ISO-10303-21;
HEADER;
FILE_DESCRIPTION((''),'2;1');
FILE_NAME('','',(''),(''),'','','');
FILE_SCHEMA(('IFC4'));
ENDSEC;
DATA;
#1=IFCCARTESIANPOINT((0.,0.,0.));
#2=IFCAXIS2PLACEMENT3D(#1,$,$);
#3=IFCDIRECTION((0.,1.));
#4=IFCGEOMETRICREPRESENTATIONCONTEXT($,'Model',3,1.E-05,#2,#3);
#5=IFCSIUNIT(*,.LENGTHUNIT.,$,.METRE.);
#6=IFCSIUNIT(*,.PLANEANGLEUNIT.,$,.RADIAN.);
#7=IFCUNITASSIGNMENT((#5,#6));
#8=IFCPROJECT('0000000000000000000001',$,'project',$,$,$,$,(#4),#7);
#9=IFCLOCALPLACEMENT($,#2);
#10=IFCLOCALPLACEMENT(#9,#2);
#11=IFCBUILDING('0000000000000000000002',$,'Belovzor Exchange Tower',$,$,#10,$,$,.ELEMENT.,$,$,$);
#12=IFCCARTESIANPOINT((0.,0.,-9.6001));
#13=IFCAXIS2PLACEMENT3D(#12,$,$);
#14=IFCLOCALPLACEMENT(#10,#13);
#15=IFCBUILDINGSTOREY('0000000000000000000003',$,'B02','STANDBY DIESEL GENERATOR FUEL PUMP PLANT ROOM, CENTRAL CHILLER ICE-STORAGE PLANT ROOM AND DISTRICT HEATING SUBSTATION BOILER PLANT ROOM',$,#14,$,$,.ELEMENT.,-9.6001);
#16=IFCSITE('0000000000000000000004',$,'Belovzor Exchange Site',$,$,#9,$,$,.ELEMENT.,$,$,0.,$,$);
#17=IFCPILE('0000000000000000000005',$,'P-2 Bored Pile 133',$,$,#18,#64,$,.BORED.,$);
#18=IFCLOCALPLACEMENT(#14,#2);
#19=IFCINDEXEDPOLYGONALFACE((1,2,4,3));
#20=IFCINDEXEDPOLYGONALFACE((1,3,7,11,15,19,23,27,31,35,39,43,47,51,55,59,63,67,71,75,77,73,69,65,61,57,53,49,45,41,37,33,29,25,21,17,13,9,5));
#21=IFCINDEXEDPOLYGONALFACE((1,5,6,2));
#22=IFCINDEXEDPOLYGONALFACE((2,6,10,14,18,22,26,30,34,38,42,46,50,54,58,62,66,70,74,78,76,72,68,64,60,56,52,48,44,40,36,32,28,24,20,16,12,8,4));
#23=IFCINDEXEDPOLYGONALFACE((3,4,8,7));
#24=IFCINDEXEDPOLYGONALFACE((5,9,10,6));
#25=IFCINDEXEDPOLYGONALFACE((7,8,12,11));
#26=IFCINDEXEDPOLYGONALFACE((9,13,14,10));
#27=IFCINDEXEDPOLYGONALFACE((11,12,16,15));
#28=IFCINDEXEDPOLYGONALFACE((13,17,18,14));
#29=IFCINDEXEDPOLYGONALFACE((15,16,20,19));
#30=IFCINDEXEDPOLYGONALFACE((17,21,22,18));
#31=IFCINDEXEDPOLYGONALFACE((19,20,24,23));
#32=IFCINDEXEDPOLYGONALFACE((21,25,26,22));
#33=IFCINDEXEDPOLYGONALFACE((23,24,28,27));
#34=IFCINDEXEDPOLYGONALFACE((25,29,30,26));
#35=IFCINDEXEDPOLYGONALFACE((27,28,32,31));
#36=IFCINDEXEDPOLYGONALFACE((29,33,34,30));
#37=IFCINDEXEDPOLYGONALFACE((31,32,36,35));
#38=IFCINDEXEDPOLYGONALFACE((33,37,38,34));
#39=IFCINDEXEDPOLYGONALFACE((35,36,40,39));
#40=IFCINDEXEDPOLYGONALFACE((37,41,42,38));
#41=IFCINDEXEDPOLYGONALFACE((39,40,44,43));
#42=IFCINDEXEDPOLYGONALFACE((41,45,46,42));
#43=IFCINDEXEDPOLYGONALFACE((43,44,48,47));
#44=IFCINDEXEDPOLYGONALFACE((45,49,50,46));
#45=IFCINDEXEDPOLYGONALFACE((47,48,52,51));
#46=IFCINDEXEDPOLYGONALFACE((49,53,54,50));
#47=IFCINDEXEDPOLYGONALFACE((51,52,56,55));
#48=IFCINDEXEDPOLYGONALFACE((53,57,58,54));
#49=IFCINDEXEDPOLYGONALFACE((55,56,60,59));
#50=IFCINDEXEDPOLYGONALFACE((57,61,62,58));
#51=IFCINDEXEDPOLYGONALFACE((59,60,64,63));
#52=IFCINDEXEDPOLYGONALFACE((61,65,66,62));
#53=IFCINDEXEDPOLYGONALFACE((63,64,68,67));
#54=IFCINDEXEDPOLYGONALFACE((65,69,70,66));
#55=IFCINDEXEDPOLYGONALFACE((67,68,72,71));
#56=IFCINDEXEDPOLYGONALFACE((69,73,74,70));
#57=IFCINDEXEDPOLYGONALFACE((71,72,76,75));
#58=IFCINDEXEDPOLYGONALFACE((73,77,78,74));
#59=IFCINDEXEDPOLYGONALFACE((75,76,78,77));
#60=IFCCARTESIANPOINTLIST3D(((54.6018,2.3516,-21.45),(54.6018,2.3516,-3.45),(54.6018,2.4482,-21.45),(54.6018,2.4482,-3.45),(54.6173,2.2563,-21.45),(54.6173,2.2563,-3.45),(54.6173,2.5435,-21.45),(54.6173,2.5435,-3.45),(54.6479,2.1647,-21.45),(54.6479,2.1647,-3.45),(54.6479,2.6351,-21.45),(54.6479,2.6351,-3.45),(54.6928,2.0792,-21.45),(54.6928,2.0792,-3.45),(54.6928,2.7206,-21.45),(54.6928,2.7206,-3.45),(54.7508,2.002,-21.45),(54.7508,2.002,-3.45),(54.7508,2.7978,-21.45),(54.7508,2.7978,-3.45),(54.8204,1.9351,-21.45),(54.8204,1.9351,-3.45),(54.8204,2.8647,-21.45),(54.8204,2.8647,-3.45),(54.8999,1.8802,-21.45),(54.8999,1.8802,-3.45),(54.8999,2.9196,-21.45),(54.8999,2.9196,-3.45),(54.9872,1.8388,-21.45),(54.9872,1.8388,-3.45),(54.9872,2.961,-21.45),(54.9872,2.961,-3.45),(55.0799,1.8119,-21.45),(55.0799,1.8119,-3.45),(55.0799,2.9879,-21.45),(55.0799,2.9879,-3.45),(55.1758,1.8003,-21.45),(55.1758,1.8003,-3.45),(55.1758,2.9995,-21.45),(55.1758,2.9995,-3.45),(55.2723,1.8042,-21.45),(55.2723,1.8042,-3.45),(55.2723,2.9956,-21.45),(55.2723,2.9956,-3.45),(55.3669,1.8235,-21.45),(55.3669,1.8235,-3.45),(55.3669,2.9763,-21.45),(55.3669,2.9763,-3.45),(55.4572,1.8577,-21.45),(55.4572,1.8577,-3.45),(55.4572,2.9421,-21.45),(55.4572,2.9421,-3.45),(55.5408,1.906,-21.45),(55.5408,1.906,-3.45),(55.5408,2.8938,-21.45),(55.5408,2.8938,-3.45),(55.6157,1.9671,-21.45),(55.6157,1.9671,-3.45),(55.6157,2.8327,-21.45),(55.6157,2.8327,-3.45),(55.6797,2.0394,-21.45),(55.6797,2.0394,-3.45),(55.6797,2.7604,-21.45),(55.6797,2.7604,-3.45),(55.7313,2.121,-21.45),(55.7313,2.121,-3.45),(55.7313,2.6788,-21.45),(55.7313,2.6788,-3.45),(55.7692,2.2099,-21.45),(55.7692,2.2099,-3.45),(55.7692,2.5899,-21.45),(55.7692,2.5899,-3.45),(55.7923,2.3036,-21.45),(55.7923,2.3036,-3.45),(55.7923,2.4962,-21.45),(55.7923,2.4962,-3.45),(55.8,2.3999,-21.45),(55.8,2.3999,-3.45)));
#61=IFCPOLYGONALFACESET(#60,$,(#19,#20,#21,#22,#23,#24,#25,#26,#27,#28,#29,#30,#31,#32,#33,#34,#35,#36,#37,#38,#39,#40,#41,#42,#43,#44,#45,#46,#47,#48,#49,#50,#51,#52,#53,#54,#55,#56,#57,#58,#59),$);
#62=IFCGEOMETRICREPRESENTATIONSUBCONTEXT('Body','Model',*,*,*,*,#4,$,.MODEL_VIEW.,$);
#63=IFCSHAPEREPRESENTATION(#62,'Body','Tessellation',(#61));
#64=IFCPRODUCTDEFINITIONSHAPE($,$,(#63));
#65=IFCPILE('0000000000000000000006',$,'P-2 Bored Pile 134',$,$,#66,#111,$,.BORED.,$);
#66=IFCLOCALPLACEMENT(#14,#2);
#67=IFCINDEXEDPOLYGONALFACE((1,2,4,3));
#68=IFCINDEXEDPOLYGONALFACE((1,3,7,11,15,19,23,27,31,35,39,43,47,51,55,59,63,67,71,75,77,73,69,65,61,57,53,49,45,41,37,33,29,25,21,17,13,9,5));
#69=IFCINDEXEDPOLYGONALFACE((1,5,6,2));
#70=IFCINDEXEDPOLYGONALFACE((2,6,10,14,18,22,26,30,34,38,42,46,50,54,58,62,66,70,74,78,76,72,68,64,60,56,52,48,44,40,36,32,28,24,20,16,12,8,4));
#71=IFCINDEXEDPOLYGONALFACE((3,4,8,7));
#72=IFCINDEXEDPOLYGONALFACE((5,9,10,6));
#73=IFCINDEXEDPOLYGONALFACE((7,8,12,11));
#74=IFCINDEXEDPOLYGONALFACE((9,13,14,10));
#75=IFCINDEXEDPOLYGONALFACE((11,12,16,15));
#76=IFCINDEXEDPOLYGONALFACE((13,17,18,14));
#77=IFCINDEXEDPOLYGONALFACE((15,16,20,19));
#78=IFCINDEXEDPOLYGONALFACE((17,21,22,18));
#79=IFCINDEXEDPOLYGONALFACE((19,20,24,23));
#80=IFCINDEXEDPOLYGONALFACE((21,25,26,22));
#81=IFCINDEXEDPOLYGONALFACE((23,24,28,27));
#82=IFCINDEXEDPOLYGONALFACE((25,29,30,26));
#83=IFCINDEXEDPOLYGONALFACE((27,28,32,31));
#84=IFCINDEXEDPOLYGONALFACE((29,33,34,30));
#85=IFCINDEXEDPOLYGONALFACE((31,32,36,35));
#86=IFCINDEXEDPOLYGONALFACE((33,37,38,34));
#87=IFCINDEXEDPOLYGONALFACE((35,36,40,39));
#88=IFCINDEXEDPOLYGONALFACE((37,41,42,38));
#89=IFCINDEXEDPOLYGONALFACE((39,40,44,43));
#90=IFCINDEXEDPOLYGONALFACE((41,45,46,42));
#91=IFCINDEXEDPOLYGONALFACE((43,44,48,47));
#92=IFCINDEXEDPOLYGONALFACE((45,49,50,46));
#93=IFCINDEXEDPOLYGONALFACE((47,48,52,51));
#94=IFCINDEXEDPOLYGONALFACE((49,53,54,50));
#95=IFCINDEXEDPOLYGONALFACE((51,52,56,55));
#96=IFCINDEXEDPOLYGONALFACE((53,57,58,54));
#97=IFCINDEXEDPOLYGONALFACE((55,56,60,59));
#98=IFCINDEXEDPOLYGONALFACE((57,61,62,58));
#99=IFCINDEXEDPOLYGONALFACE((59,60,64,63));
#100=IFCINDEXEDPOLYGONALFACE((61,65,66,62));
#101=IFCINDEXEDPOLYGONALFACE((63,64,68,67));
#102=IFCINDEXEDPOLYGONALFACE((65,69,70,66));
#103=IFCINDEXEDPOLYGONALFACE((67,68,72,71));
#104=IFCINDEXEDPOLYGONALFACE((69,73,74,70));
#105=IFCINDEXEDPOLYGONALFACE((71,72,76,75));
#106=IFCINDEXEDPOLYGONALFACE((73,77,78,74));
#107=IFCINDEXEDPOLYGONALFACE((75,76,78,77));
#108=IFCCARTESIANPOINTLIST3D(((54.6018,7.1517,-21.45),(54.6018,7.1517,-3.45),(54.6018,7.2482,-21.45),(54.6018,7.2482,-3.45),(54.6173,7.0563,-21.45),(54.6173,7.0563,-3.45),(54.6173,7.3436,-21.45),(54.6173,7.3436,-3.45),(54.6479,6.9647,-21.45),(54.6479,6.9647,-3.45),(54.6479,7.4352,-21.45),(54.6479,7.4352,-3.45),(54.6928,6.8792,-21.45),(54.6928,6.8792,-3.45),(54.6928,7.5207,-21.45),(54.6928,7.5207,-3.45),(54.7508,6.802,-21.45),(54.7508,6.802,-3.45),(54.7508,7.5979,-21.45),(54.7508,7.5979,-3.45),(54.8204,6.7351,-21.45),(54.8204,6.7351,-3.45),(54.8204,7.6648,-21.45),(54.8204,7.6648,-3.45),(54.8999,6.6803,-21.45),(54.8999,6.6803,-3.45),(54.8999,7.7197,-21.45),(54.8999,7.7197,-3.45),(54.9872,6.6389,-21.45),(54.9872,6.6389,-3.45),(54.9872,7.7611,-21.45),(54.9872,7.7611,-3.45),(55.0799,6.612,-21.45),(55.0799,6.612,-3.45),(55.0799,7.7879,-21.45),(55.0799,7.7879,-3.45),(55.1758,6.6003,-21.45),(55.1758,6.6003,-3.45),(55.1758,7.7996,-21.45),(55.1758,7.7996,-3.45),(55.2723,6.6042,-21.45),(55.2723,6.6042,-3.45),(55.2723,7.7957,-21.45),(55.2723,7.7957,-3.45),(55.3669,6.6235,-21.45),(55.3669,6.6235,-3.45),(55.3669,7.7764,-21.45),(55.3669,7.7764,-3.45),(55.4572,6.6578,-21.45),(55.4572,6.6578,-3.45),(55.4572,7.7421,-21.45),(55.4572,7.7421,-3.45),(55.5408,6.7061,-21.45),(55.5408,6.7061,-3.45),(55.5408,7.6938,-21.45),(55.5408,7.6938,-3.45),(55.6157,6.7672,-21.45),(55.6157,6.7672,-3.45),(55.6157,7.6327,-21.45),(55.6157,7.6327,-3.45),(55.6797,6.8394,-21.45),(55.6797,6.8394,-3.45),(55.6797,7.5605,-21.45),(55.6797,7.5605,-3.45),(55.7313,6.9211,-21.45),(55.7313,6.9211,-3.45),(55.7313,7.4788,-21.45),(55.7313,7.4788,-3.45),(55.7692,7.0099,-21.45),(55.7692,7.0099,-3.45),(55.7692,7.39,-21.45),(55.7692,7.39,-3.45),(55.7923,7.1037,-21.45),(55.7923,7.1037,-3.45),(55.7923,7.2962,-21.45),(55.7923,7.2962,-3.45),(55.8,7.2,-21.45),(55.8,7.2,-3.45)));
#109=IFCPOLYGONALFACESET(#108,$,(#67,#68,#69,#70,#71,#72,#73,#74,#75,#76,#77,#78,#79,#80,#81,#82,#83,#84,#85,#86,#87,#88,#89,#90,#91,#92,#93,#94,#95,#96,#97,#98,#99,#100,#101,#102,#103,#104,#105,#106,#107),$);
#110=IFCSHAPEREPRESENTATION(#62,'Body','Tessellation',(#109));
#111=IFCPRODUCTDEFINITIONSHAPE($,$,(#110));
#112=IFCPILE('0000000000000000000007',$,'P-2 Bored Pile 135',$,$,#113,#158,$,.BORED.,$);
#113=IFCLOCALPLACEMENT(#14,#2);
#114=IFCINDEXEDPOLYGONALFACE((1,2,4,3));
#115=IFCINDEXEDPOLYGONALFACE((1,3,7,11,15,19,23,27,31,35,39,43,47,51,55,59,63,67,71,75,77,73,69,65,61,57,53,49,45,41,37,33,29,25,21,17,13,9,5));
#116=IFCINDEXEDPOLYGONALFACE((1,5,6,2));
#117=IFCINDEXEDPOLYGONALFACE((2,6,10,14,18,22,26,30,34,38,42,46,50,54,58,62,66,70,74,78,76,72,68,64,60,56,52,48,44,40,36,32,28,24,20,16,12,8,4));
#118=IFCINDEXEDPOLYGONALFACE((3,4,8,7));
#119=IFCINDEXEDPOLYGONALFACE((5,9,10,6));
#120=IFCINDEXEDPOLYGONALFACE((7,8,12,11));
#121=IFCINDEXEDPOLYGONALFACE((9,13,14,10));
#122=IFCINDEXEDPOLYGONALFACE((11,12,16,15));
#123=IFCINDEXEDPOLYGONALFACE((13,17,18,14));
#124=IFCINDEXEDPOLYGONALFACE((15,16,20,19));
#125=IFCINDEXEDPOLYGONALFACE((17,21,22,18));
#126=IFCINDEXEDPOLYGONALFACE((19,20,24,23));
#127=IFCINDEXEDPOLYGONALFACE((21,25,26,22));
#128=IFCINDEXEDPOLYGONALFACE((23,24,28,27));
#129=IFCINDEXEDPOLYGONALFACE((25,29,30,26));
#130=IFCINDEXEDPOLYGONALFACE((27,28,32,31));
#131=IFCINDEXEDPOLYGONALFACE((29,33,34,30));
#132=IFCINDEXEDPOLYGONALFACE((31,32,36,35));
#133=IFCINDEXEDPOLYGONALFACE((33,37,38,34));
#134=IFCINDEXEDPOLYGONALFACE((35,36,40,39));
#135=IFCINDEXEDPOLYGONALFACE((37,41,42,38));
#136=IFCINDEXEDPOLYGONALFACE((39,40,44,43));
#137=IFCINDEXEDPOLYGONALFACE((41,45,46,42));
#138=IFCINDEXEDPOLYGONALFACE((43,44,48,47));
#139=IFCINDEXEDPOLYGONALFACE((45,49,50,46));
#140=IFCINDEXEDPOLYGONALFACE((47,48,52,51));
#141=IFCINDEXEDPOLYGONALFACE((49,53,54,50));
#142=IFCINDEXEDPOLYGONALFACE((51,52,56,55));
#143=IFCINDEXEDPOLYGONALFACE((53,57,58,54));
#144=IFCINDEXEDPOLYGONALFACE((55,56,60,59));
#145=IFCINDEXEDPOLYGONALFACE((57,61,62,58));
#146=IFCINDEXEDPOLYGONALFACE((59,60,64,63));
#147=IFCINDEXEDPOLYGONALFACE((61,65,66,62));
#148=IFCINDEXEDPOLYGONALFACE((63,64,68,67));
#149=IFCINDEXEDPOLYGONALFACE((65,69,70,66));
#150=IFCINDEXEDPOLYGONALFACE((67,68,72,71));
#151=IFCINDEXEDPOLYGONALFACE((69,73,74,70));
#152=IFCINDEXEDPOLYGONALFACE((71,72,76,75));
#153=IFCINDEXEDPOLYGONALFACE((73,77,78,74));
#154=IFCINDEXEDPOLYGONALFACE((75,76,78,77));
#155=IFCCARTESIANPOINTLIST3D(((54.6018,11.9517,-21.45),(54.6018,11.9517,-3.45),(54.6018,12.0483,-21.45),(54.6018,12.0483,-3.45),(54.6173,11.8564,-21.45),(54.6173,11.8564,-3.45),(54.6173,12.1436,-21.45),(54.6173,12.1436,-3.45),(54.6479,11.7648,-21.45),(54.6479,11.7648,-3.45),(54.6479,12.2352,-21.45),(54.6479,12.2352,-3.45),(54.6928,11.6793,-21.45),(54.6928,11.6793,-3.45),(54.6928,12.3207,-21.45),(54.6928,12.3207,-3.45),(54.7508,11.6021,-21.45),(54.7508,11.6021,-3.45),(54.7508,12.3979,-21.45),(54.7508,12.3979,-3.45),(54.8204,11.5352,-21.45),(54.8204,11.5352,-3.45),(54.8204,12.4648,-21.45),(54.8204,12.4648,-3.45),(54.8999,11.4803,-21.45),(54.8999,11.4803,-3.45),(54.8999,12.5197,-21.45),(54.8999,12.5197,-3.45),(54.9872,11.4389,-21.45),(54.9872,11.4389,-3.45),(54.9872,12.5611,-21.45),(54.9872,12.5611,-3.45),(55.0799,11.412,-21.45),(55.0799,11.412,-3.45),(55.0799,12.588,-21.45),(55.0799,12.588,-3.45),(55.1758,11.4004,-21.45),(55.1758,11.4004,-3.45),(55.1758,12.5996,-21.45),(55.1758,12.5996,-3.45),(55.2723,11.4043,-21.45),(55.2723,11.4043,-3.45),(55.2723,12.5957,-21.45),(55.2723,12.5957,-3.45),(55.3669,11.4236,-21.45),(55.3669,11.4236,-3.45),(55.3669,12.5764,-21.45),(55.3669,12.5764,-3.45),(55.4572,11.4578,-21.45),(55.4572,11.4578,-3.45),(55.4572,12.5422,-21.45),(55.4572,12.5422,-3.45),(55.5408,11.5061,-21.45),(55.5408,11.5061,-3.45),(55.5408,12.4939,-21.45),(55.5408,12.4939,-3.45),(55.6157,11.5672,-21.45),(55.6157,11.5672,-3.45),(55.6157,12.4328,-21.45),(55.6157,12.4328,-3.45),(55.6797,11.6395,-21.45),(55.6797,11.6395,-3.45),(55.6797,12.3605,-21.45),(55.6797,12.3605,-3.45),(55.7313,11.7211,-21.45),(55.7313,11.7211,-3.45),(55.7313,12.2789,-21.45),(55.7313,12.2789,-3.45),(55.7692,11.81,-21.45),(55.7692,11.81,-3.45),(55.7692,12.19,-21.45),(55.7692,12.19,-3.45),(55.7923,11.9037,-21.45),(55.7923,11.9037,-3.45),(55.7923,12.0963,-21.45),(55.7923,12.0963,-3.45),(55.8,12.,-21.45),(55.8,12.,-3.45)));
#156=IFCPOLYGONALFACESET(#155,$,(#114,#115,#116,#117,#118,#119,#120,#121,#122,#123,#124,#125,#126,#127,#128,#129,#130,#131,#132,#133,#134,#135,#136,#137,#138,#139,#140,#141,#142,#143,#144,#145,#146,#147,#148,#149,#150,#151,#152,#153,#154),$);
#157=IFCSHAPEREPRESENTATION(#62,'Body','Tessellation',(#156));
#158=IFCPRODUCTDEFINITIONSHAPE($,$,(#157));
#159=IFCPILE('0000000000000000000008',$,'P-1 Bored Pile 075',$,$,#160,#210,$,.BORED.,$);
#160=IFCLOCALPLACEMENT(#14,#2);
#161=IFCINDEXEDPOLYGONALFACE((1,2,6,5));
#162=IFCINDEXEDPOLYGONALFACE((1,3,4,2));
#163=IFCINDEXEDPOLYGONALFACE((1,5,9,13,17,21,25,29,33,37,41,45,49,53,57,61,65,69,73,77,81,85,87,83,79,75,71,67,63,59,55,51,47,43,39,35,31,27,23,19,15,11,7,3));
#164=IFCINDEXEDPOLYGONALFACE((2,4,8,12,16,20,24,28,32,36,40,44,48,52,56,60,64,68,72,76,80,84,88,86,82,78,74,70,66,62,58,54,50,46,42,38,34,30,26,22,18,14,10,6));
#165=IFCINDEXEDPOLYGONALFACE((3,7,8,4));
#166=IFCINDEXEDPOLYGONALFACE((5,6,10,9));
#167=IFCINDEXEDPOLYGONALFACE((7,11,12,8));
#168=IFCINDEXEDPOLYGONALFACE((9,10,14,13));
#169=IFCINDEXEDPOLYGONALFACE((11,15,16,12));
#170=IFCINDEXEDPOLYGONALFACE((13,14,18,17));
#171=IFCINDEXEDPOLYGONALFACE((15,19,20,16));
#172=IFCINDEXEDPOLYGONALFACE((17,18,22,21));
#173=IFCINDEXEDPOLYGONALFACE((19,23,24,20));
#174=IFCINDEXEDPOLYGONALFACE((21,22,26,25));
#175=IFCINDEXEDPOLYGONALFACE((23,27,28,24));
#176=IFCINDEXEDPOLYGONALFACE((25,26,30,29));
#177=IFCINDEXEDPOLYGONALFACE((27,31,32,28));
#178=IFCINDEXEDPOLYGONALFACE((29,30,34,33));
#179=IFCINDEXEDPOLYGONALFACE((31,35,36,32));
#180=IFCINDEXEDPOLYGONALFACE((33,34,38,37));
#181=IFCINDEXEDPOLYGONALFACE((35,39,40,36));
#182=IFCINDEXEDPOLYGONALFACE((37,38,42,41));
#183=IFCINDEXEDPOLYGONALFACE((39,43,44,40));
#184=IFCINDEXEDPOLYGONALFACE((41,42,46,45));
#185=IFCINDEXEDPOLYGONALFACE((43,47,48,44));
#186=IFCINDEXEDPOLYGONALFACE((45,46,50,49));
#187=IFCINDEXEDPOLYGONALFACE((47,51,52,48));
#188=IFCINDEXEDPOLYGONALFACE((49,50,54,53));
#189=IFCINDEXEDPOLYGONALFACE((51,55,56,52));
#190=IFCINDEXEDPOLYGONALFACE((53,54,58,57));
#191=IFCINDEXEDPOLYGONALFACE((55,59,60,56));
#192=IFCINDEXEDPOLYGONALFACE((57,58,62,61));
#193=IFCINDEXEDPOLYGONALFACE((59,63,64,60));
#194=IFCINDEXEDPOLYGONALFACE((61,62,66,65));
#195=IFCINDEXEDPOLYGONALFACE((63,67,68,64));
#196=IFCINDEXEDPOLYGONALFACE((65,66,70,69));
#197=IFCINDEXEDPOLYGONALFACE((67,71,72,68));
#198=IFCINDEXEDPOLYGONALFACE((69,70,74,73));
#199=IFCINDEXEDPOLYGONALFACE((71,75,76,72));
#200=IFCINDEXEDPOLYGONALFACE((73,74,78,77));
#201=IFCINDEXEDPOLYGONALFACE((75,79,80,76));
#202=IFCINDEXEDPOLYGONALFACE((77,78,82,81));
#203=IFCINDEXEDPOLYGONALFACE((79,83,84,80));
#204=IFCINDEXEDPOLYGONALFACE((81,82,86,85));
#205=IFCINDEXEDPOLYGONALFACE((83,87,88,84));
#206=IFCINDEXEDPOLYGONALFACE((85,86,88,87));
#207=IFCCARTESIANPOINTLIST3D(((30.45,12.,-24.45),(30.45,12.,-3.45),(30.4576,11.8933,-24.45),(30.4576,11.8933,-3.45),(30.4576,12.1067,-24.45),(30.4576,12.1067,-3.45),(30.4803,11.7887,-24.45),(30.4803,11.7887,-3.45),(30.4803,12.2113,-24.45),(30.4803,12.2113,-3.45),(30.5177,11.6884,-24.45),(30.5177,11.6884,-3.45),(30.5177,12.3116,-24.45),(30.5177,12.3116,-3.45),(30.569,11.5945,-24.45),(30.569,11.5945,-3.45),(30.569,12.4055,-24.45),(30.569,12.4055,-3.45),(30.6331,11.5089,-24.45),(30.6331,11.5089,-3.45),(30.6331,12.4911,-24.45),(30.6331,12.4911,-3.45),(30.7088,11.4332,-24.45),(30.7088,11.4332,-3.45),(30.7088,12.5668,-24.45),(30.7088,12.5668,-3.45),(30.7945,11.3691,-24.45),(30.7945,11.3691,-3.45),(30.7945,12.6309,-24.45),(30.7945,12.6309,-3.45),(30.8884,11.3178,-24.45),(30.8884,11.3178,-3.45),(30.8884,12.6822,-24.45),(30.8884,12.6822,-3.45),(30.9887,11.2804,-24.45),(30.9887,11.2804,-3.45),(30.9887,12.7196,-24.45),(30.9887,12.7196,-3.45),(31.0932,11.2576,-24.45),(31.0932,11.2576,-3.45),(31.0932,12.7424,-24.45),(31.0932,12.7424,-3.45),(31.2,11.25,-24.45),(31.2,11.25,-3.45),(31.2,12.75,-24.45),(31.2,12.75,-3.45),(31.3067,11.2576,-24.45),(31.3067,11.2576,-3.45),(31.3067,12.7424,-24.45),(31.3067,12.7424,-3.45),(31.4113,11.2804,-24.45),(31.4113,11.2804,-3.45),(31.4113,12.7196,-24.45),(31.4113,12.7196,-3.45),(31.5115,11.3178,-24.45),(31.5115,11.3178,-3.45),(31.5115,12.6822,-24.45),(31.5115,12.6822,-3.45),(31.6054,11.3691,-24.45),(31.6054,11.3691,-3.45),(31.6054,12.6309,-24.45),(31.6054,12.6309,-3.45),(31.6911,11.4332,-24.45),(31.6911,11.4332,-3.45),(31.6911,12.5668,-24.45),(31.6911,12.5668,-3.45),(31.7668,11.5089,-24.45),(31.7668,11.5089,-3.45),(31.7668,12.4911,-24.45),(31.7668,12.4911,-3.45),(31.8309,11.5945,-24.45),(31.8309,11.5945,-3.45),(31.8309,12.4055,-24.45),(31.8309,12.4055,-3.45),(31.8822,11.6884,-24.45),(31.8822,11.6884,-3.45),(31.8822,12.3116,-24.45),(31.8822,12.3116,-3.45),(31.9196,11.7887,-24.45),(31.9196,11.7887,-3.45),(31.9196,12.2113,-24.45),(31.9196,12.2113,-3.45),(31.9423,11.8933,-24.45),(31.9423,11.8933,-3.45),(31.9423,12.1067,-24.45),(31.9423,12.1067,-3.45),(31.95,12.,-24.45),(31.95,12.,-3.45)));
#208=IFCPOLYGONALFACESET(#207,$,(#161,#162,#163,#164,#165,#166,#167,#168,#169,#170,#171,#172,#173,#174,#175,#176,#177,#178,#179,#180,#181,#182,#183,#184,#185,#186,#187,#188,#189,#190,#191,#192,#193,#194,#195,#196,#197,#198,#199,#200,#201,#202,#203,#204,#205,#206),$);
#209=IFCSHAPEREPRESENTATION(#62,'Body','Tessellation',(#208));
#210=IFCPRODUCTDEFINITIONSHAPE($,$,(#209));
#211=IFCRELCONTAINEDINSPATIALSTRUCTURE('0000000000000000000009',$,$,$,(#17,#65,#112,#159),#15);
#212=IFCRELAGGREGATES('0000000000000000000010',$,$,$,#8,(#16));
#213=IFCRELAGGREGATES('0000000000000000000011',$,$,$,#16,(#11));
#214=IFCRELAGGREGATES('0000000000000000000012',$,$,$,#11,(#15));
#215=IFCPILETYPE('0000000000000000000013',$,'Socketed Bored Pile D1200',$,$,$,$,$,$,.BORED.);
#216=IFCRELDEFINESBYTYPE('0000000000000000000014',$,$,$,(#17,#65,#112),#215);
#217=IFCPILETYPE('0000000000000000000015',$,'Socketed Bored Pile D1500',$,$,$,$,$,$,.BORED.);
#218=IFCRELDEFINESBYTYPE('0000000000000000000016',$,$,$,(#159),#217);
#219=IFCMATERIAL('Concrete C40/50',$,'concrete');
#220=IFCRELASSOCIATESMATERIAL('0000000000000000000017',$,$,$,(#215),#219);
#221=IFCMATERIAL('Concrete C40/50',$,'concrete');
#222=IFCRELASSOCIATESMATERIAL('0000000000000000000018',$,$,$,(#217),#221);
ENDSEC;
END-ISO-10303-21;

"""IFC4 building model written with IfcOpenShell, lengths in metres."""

from ifc_helpers import new_model, si_unit, direction, frame, origin, origin_2d, place, context, subcontext, project, spatial, circle, extrude, material, material_profile, profile_set, type_object, element, save


model = new_model("IFC4")

# Units and contexts
model_context = context("Model", 3, precision=1e-05, world=origin(), true_north=direction((0.0, 1.0)))
body_context = subcontext(model_context, "Body", "Model", "MODEL_VIEW")
ifc_project = project(units=[si_unit("LENGTHUNIT", "METRE"), si_unit("PLANEANGLEUNIT", "RADIAN")], contexts=[model_context])

# Site, building, storey
site_placement = place(None, origin())
site = spatial("IfcSite", under=ifc_project, at=site_placement, Name="Belovzor Exchange Site", CompositionType="ELEMENT", RefElevation=0.0)
building_placement = place(site_placement, origin())
building = spatial("IfcBuilding", under=site, at=building_placement, Name="Belovzor Exchange Tower", CompositionType="ELEMENT")
storey_placement = place(building_placement, frame((0.0, 0.0, -9.6001)))
storey = spatial("IfcBuildingStorey", under=building, at=storey_placement, Name="B02", Description="STANDBY DIESEL GENERATOR FUEL PUMP PLANT ROOM, CENTRAL CHILLER ICE-STORAGE PLANT ROOM AND DISTRICT HEATING SUBSTATION BOILER PLANT ROOM", CompositionType="ELEMENT", Elevation=-9.6001)

# Piles
ifc_material_1 = material(Name="Concrete C40/50", Category="concrete")
ifc_material_profile_1 = material_profile(ifc_material_1, circle(Radius=0.6001, at=origin_2d()))
ifc_profile_set_1 = profile_set([ifc_material_profile_1], Name="Concrete C40/50")
pile_type_1 = type_object("IfcPileType", Name="Socketed Bored Pile D1200", PredefinedType="BORED", material=ifc_profile_set_1)
for number, where, z_axis, x_axis, name in (
    (1, (55.2, 2.3999, -3.45), (0.0, 0.0, -1.0), (1.0, 0.0, 0.0), "P-2 Bored Pile 133"),
    (2, (55.2, 7.2, -3.45), (0.0, 0.0, -1.0), (1.0, 0.0, 0.0), "P-2 Bored Pile 134"),
    (3, (55.2, 12.0, -3.45), (0.0, 0.0, -1.0), (1.0, 0.0, 0.0), "P-2 Bored Pile 135"),
):
    element("IfcPile", number, at=place(storey_placement, frame(where, z_axis=z_axis, x_axis=x_axis)), inside=storey, type_object=pile_type_1, Name=name, PredefinedType="BORED", context=body_context, shape_type="SweptSolid", body=[
        extrude(circle(Radius=0.6001, at=origin_2d()), origin(), (0.0, 0.0, 1.0), 18.0),
    ])
ifc_material_2 = material(Name="Concrete C40/50", Category="concrete")
ifc_material_profile_2 = material_profile(ifc_material_2, circle(Radius=0.75, at=origin_2d()))
ifc_profile_set_2 = profile_set([ifc_material_profile_2], Name="Concrete C40/50")
pile_type_2 = type_object("IfcPileType", Name="Socketed Bored Pile D1500", PredefinedType="BORED", material=ifc_profile_set_2)
for number, where, z_axis, x_axis, name in (
    (4, (31.2, 12.0, -3.45), (0.0, 0.0, -1.0), (1.0, 0.0, 0.0), "P-1 Bored Pile 075"),
):
    element("IfcPile", number, at=place(storey_placement, frame(where, z_axis=z_axis, x_axis=x_axis)), inside=storey, type_object=pile_type_2, Name=name, PredefinedType="BORED", context=body_context, shape_type="SweptSolid", body=[
        extrude(circle(Radius=0.75, at=origin_2d()), origin(), (0.0, 0.0, 1.0), 21.0),
    ])

save(model, "model.ifc")
